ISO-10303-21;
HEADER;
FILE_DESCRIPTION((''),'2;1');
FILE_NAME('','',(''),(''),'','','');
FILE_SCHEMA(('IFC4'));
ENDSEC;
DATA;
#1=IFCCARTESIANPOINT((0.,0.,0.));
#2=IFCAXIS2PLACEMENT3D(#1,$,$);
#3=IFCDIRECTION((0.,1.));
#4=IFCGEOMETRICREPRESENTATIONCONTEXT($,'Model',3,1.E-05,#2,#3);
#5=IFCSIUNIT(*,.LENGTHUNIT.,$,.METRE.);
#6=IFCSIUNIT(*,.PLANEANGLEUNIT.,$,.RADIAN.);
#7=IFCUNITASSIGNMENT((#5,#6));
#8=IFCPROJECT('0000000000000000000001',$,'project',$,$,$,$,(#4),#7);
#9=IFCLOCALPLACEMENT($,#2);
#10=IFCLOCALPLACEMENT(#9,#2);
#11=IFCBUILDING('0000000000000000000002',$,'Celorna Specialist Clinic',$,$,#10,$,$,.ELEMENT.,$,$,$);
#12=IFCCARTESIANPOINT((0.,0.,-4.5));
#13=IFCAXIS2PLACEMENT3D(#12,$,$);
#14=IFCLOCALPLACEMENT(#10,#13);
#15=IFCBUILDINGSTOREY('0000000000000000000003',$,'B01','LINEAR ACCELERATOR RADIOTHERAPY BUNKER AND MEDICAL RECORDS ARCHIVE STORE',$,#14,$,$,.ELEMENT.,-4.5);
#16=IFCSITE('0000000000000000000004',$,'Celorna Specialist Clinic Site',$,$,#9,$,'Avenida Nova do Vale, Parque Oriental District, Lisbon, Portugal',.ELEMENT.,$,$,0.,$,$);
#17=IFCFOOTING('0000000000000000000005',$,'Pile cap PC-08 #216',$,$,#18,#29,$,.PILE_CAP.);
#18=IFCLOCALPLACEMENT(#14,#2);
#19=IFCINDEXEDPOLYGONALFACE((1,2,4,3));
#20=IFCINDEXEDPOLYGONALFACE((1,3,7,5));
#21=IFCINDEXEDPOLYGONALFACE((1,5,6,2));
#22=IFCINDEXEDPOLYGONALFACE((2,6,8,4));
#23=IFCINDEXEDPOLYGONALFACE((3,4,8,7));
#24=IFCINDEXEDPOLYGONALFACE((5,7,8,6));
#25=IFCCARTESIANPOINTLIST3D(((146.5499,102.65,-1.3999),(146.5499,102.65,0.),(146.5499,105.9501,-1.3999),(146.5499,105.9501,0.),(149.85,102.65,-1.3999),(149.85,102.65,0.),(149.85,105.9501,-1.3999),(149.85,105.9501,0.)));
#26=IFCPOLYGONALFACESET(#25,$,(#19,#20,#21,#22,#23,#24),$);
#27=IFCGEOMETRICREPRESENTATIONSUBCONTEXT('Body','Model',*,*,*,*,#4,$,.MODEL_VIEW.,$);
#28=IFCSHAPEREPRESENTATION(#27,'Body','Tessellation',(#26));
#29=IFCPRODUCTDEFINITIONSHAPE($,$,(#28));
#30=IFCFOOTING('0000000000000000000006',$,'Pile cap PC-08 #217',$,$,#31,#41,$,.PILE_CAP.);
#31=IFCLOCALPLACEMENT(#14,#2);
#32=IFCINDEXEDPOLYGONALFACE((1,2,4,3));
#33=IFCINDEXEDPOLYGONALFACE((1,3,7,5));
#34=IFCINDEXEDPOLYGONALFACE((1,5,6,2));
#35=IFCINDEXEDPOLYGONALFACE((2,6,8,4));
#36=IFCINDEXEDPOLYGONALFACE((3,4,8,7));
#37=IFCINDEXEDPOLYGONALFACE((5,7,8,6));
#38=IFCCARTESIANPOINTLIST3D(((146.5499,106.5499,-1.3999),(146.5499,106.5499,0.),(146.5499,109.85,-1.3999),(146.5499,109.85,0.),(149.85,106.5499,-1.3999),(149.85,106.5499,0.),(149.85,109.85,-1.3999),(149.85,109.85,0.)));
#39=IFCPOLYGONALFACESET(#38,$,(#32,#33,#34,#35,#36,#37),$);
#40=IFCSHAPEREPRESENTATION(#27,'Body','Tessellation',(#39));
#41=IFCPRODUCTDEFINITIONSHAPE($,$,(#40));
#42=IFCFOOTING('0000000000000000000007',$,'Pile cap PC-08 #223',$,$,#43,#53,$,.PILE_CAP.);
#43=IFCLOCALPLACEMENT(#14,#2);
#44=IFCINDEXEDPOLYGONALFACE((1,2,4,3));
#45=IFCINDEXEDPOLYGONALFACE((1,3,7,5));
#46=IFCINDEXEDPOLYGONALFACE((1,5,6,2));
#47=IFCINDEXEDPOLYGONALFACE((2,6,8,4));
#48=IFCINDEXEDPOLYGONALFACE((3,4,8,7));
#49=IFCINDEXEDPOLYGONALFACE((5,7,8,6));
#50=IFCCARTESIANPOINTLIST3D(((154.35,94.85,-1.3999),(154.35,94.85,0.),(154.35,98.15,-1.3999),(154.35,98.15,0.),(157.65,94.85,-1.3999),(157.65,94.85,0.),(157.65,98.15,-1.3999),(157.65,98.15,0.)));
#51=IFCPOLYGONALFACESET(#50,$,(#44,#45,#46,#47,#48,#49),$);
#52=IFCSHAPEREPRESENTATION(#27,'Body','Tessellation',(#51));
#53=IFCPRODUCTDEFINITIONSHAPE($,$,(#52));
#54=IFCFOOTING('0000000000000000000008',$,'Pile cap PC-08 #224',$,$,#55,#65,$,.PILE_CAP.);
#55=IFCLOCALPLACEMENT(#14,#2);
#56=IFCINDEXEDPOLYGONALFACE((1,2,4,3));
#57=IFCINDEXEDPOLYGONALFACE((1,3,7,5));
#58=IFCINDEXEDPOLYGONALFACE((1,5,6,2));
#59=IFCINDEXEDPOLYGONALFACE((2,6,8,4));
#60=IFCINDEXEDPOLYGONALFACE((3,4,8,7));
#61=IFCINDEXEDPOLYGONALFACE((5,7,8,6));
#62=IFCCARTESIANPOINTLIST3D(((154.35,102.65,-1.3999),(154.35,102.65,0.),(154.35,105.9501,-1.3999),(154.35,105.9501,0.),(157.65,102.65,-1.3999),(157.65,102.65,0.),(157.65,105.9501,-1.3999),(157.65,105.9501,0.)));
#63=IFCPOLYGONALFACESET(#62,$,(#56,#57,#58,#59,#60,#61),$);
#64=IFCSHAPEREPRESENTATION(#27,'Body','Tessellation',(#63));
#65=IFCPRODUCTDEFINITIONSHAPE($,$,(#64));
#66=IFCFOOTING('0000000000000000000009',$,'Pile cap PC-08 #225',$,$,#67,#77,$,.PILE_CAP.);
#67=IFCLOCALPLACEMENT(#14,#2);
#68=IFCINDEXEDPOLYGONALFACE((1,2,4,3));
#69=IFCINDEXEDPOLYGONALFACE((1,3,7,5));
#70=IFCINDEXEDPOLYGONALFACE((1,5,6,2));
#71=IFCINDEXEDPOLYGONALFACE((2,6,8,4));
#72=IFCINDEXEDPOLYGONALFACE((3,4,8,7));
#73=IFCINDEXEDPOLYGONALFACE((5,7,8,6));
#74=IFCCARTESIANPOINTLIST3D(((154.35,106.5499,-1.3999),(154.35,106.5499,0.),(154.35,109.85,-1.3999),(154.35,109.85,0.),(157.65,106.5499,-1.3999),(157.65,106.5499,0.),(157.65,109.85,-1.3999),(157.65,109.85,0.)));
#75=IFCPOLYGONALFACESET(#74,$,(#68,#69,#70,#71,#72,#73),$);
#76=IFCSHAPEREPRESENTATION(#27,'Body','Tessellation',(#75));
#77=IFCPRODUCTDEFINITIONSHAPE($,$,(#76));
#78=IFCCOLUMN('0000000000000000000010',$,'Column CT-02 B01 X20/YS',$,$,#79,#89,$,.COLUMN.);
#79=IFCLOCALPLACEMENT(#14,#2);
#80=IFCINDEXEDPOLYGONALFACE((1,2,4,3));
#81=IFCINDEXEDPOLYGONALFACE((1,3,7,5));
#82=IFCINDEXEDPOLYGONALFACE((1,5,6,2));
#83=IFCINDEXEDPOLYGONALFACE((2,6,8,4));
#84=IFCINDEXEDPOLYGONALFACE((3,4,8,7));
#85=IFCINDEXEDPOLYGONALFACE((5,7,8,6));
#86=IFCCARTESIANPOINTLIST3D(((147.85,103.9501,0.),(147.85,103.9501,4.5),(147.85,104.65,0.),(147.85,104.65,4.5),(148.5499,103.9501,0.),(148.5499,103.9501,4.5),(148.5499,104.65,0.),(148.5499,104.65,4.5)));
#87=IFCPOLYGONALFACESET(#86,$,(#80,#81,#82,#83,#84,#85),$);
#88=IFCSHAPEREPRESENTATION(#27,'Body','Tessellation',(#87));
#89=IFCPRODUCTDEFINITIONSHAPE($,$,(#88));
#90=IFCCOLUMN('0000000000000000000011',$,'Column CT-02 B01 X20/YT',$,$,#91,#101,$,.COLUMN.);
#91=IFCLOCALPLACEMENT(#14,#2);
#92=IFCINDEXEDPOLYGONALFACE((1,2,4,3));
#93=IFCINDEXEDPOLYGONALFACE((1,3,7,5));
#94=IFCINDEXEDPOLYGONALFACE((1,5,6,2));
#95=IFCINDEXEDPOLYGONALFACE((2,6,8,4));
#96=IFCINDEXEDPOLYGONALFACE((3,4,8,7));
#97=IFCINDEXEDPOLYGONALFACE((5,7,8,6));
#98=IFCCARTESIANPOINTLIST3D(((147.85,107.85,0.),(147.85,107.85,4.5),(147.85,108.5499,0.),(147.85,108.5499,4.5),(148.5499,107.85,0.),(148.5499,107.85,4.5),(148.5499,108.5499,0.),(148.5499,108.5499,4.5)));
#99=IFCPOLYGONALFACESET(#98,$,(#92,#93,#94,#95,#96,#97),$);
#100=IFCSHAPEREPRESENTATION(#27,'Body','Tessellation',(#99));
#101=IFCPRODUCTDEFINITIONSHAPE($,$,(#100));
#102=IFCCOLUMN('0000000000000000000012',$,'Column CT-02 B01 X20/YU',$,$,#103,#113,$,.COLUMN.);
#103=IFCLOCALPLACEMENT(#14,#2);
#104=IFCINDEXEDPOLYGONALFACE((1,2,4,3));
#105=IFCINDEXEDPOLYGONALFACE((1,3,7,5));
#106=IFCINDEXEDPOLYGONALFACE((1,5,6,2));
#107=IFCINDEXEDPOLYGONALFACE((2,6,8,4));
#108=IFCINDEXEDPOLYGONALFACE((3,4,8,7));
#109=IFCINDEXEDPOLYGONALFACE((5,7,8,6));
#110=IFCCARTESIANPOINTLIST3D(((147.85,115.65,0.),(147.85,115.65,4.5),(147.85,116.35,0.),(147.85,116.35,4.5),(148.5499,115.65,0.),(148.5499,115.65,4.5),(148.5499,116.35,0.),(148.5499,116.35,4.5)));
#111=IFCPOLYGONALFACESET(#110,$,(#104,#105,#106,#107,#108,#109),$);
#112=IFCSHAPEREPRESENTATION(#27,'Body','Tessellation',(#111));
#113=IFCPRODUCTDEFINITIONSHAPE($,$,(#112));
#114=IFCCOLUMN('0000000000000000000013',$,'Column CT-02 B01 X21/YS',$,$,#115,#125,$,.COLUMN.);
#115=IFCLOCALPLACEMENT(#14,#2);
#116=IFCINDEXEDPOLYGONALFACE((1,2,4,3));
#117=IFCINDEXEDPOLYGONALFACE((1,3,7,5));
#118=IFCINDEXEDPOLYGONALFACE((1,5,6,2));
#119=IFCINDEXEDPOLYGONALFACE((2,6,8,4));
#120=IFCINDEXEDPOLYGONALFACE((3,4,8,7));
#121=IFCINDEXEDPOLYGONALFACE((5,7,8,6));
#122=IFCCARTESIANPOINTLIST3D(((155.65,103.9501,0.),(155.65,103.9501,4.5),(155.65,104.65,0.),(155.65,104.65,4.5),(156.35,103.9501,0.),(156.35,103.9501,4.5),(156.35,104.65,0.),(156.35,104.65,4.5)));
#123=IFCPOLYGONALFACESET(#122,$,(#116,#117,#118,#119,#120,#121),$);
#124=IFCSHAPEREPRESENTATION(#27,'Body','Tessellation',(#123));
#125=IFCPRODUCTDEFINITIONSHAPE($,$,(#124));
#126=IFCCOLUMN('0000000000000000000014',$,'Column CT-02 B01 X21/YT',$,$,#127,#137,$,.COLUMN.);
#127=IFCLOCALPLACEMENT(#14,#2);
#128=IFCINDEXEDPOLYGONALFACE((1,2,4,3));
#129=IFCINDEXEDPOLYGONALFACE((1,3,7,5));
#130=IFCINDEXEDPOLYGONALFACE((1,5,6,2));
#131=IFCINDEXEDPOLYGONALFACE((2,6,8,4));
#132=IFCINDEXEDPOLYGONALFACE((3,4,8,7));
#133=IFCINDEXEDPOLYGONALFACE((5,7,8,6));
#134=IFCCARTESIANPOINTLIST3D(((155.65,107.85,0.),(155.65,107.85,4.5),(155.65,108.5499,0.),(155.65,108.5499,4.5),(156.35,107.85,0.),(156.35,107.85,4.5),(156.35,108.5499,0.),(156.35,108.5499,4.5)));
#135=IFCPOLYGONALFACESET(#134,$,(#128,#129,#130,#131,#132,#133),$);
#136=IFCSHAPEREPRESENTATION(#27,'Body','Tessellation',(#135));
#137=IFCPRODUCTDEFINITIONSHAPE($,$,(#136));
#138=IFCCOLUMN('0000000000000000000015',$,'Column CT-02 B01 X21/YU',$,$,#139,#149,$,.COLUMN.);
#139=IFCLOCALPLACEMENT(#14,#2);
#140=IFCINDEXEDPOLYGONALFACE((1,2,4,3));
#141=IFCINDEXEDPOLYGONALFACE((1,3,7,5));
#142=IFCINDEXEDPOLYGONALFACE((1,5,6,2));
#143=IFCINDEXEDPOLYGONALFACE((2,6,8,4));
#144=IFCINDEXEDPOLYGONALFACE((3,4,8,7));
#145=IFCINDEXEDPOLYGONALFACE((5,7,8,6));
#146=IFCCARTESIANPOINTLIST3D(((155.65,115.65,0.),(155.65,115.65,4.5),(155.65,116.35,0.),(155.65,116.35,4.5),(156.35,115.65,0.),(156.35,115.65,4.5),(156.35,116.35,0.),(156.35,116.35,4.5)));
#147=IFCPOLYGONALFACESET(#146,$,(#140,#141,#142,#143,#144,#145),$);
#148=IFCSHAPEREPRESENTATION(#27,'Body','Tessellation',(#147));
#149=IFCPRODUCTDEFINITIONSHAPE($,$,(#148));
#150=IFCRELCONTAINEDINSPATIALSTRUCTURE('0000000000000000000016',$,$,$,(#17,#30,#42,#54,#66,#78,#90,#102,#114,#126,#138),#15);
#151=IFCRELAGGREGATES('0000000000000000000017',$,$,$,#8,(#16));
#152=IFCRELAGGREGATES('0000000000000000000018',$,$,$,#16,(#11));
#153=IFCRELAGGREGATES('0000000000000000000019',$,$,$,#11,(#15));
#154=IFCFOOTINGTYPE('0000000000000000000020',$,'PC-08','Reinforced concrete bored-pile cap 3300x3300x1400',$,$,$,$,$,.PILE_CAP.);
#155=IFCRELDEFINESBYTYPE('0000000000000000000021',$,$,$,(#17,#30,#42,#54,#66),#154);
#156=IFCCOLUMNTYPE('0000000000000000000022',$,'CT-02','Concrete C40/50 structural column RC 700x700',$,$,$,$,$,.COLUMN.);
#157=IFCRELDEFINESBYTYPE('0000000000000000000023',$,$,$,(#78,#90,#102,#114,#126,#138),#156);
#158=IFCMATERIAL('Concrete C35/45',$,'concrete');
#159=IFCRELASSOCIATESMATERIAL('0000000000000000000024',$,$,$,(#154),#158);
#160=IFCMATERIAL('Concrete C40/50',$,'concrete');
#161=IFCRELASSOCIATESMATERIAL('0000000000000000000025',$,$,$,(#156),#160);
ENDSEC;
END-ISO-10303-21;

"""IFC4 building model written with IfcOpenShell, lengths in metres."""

from ifc_helpers import new_model, si_unit, direction, frame, origin, origin_2d, place, context, subcontext, project, spatial, rectangle, extrude, material, material_profile, profile_set, type_object, element, save


model = new_model("IFC4")

# Units and contexts
model_context = context("Model", 3, precision=1e-05, world=origin(), true_north=direction((0.0, 1.0)))
body_context = subcontext(model_context, "Body", "Model", "MODEL_VIEW")
ifc_project = project(units=[si_unit("LENGTHUNIT", "METRE"), si_unit("PLANEANGLEUNIT", "RADIAN")], contexts=[model_context])

# Site, building, storey
site_placement = place(None, origin())
site = spatial("IfcSite", under=ifc_project, at=site_placement, Name="Celorna Specialist Clinic Site", LongName="Avenida Nova do Vale, Parque Oriental District, Lisbon, Portugal", CompositionType="ELEMENT", RefElevation=0.0)
building_placement = place(site_placement, origin())
building = spatial("IfcBuilding", under=site, at=building_placement, Name="Celorna Specialist Clinic", CompositionType="ELEMENT")
storey_placement = place(building_placement, frame((0.0, 0.0, -4.5)))
storey = spatial("IfcBuildingStorey", under=building, at=storey_placement, Name="B01", Description="LINEAR ACCELERATOR RADIOTHERAPY BUNKER AND MEDICAL RECORDS ARCHIVE STORE", CompositionType="ELEMENT", Elevation=-4.5)

# Shared definitions
ifc_material_1 = material(Name="Concrete C35/45", Category="concrete")

# Footings
footing_type_1 = type_object("IfcFootingType", Name="PC-08", Description="Reinforced concrete bored-pile cap 3300x3300x1400", PredefinedType="PILE_CAP", material=ifc_material_1)
for number, where, z_axis, x_axis, name in (
    (1, (148.2, 104.3, -1.3999), (0.0, 0.0, 1.0), (1.0, 0.0, 0.0), "Pile cap PC-08 #216"),
    (2, (148.2, 108.2, -1.3999), (0.0, 0.0, 1.0), (1.0, 0.0, 0.0), "Pile cap PC-08 #217"),
    (3, (156.0, 96.5, -1.3999), (0.0, 0.0, 1.0), (1.0, 0.0, 0.0), "Pile cap PC-08 #223"),
    (4, (156.0, 104.3, -1.3999), (0.0, 0.0, 1.0), (1.0, 0.0, 0.0), "Pile cap PC-08 #224"),
    (5, (156.0, 108.2, -1.3999), (0.0, 0.0, 1.0), (1.0, 0.0, 0.0), "Pile cap PC-08 #225"),
):
    element("IfcFooting", number, at=place(storey_placement, frame(where, z_axis=z_axis, x_axis=x_axis)), inside=storey, type_object=footing_type_1, Name=name, PredefinedType="PILE_CAP", context=body_context, shape_type="SweptSolid", body=[
        extrude(rectangle(XDim=3.3, YDim=3.3, at=origin_2d()), origin(), (0.0, 0.0, 1.0), 1.3999),
    ])

# Columns
ifc_material_2 = material(Name="Concrete C40/50", Category="concrete")
ifc_material_profile_1 = material_profile(ifc_material_2, rectangle(XDim=0.7, YDim=0.7, at=origin_2d()), Name="RC 700x700")
ifc_profile_set_1 = profile_set([ifc_material_profile_1], Name="Concrete C40/50")
column_type = type_object("IfcColumnType", Name="CT-02", Description="Concrete C40/50 structural column RC 700x700", PredefinedType="COLUMN", material=ifc_profile_set_1)
for number, where, z_axis, x_axis, name in (
    (6, (148.2, 104.3, 0.0), (0.0, 0.0, 1.0), (1.0, 0.0, 0.0), "Column CT-02 B01 X20/YS"),
    (7, (148.2, 108.2, 0.0), (0.0, 0.0, 1.0), (1.0, 0.0, 0.0), "Column CT-02 B01 X20/YT"),
    (8, (148.2, 116.0, 0.0), (0.0, 0.0, 1.0), (1.0, 0.0, 0.0), "Column CT-02 B01 X20/YU"),
    (9, (156.0, 104.3, 0.0), (0.0, 0.0, 1.0), (1.0, 0.0, 0.0), "Column CT-02 B01 X21/YS"),
    (10, (156.0, 108.2, 0.0), (0.0, 0.0, 1.0), (1.0, 0.0, 0.0), "Column CT-02 B01 X21/YT"),
    (11, (156.0, 116.0, 0.0), (0.0, 0.0, 1.0), (1.0, 0.0, 0.0), "Column CT-02 B01 X21/YU"),
):
    element("IfcColumn", number, at=place(storey_placement, frame(where, z_axis=z_axis, x_axis=x_axis)), inside=storey, type_object=column_type, Name=name, PredefinedType="COLUMN", context=body_context, shape_type="SweptSolid", body=[
        extrude(rectangle(XDim=0.7, YDim=0.7, at=origin_2d()), origin(), (0.0, 0.0, 1.0), 4.5),
    ])

save(model, "model.ifc")
